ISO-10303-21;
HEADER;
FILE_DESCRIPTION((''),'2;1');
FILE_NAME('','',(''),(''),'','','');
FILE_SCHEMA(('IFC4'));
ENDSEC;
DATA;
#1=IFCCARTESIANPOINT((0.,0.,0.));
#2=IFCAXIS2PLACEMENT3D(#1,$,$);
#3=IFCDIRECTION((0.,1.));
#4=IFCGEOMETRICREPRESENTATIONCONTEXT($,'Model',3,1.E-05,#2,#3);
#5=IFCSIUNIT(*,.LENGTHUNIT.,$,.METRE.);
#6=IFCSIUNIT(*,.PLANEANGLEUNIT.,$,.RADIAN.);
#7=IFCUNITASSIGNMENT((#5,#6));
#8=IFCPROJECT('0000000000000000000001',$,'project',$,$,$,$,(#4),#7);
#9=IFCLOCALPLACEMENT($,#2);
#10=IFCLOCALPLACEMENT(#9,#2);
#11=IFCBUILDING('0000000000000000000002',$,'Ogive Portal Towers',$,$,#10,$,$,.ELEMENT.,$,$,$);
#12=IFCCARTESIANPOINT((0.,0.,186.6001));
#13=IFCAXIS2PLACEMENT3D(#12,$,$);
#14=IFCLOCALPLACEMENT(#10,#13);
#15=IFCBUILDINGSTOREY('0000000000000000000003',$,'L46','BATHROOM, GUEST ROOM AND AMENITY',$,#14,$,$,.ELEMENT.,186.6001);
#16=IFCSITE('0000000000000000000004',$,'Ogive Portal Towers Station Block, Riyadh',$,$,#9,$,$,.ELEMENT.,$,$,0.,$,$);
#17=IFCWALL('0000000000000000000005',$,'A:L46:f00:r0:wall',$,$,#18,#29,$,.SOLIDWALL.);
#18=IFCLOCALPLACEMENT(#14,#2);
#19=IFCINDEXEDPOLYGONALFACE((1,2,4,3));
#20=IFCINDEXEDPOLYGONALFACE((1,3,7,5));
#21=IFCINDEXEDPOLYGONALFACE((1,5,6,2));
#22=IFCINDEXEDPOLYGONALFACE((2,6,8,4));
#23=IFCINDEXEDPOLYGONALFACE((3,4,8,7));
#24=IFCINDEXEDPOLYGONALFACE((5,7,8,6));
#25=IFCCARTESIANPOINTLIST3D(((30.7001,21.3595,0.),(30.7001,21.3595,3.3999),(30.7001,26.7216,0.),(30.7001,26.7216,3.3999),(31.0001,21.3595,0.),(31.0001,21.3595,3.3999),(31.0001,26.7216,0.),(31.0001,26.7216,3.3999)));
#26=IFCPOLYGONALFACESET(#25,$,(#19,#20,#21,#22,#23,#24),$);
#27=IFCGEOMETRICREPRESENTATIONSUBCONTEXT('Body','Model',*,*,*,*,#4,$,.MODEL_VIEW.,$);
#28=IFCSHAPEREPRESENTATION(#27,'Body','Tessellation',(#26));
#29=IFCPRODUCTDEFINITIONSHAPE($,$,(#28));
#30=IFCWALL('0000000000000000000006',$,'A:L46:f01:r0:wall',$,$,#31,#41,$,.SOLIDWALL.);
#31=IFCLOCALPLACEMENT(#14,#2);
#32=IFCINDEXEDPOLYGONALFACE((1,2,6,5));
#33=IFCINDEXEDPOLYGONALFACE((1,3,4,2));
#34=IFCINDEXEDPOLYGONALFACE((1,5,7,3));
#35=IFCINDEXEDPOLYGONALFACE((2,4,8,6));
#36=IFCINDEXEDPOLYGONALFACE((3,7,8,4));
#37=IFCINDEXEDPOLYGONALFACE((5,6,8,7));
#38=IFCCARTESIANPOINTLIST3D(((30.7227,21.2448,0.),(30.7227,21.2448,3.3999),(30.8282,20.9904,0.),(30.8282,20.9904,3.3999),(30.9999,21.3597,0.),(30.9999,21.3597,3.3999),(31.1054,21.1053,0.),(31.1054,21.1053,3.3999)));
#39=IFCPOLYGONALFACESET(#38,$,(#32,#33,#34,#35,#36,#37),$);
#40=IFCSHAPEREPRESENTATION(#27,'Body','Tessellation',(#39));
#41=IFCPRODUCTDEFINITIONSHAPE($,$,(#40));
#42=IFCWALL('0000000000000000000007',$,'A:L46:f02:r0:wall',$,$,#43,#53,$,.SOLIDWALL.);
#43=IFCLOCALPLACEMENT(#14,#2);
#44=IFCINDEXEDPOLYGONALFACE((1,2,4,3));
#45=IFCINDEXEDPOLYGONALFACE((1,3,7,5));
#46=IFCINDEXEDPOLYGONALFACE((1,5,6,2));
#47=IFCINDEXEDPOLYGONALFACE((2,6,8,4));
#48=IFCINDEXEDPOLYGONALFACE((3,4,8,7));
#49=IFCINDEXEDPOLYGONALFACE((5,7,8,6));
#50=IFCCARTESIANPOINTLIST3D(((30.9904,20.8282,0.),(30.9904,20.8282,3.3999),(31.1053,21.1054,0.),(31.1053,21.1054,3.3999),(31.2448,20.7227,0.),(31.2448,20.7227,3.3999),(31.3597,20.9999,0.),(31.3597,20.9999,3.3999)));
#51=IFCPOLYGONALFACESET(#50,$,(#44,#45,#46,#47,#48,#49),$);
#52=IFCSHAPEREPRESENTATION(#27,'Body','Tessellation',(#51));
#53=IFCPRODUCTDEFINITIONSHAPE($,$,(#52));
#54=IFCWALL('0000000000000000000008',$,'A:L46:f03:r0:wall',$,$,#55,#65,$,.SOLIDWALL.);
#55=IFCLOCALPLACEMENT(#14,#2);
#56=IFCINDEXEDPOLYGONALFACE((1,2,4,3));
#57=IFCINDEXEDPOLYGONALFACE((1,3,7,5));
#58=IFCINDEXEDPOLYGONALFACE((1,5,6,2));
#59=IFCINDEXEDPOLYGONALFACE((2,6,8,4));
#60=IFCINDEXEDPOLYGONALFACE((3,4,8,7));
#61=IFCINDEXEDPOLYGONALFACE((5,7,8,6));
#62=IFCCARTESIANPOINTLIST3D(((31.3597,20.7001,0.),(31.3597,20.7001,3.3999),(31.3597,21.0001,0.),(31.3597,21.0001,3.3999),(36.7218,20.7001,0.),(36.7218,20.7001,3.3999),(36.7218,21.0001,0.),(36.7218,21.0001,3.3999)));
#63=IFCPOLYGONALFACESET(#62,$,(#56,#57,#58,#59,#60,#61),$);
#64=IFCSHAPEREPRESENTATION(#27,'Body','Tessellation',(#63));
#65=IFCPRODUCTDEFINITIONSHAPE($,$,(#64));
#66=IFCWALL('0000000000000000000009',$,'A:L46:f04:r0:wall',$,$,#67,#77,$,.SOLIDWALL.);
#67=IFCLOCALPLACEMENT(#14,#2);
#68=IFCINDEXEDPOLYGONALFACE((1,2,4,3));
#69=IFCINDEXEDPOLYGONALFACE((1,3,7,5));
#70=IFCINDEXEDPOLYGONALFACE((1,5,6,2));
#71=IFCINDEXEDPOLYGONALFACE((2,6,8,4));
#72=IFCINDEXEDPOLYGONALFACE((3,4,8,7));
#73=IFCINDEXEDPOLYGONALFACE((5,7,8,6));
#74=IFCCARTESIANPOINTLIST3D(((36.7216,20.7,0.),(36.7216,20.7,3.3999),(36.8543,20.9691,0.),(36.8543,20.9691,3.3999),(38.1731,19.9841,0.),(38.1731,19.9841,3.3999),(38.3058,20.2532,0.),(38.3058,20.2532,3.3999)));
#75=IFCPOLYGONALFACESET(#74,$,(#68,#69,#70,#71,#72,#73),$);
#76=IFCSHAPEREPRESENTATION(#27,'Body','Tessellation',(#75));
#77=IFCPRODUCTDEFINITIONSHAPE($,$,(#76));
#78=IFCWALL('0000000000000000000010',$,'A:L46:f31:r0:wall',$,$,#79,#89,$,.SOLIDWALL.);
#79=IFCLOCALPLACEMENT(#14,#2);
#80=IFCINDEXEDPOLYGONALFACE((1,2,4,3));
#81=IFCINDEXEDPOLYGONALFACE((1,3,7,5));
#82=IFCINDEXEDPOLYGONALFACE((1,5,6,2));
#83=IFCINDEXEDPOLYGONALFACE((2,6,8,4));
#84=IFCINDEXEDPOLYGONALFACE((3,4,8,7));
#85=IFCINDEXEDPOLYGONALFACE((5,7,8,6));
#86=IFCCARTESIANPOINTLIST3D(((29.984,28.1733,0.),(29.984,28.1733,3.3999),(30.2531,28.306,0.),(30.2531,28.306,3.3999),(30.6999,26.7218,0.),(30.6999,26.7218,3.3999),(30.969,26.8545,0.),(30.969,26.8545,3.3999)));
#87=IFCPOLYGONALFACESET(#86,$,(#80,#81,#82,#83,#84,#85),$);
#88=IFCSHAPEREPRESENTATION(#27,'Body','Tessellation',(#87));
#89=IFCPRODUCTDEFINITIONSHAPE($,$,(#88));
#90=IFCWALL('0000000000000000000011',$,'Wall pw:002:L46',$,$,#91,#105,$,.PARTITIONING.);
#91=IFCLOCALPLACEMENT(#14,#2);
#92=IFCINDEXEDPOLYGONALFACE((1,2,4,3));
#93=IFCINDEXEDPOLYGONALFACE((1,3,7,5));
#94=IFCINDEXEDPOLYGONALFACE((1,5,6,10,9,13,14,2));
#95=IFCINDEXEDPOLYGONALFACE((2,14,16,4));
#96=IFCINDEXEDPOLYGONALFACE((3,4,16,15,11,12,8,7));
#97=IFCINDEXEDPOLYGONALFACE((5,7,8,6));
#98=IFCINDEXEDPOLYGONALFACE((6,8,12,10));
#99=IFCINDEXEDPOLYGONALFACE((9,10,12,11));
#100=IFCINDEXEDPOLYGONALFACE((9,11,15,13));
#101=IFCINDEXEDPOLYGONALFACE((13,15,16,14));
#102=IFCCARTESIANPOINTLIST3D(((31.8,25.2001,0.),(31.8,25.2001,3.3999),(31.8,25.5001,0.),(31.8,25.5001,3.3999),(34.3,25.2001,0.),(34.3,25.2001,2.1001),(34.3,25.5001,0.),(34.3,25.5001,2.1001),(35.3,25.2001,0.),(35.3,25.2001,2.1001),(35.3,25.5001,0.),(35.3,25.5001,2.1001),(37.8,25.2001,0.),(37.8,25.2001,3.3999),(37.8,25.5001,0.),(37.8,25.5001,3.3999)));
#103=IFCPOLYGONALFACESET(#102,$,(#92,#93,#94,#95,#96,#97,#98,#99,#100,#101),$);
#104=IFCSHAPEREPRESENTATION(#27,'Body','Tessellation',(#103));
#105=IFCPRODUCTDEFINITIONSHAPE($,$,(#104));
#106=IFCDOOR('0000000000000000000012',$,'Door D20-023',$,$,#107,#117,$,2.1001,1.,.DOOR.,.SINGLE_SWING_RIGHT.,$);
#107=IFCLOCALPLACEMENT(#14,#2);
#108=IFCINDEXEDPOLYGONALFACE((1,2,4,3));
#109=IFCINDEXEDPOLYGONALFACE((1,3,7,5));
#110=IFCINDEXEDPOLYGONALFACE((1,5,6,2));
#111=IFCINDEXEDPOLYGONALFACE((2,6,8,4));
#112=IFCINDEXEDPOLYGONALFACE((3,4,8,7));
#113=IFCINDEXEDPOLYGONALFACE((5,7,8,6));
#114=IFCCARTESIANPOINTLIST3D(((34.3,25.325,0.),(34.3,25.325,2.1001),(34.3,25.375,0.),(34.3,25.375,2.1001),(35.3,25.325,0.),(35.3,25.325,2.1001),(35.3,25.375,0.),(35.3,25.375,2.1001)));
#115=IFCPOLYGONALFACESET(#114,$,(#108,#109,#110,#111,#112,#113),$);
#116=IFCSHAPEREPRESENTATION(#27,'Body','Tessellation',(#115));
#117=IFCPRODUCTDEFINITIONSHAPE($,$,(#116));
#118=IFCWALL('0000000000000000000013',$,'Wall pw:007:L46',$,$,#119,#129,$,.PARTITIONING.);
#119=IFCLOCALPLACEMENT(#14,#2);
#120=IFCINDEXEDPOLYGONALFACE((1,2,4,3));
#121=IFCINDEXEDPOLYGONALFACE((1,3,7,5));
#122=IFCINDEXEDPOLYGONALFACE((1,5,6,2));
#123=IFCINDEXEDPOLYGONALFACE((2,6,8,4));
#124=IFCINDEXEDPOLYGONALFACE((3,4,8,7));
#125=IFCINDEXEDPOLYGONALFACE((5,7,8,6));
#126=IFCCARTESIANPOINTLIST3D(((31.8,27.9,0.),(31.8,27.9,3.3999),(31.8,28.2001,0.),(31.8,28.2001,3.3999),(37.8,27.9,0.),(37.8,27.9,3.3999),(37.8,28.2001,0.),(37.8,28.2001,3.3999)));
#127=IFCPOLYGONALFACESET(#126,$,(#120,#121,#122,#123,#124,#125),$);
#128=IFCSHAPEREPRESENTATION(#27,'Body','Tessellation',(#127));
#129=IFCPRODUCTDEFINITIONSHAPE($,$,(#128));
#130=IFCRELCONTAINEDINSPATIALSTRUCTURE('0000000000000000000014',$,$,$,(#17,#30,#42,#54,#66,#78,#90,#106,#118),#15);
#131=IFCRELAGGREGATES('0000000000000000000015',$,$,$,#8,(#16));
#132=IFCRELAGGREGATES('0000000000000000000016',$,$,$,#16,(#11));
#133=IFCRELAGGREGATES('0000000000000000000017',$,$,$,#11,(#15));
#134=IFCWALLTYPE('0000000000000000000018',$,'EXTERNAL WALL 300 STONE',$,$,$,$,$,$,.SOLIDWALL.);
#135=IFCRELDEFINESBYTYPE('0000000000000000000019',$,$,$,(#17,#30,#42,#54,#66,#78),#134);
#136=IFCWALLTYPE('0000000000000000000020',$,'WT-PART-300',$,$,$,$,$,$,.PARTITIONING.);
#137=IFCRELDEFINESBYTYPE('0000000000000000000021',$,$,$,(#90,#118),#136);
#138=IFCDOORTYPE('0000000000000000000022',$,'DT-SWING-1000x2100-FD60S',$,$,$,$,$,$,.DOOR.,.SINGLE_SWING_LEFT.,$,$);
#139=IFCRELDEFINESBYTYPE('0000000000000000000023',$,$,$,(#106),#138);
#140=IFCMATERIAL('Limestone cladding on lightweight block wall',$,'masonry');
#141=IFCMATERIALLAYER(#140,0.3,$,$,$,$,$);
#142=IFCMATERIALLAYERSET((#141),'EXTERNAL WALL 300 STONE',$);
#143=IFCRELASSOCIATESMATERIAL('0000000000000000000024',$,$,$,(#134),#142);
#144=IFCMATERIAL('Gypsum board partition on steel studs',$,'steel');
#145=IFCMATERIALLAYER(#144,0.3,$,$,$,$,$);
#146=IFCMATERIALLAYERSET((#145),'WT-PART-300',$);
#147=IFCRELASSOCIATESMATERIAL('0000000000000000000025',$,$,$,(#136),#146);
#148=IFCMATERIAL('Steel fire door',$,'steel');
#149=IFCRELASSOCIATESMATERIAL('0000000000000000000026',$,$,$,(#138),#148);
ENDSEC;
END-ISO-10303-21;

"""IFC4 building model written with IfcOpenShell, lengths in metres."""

from ifc_helpers import new_model, si_unit, direction, frame, frame_2d, origin, place, context, subcontext, project, spatial, rectangle, extrude, material, layer, layer_set, type_object, element, fill, save


model = new_model("IFC4")

# Units and contexts
model_context = context("Model", 3, precision=1e-05, world=origin(), true_north=direction((0.0, 1.0)))
body_context = subcontext(model_context, "Body", "Model", "MODEL_VIEW")
ifc_project = project(units=[si_unit("LENGTHUNIT", "METRE"), si_unit("PLANEANGLEUNIT", "RADIAN")], contexts=[model_context])

# Site, building, storey
site_placement = place(None, origin())
site = spatial("IfcSite", under=ifc_project, at=site_placement, Name="Ogive Portal Towers Station Block, Riyadh", CompositionType="ELEMENT", RefElevation=0.0)
building_placement = place(site_placement, origin())
building = spatial("IfcBuilding", under=site, at=building_placement, Name="Ogive Portal Towers", CompositionType="ELEMENT")
storey_placement = place(building_placement, frame((0.0, 0.0, 186.6001)))
storey = spatial("IfcBuildingStorey", under=building, at=storey_placement, Name="L46", Description="BATHROOM, GUEST ROOM AND AMENITY", CompositionType="ELEMENT", Elevation=186.6001)

# Walls
ifc_material_1 = material(Name="Limestone cladding on lightweight block wall", Category="masonry")
ifc_layer_1 = layer(ifc_material_1, 0.3)
ifc_layer_set_1 = layer_set([ifc_layer_1], Name="EXTERNAL WALL 300 STONE")
wall_type_1 = type_object("IfcWallType", Name="EXTERNAL WALL 300 STONE", PredefinedType="SOLIDWALL", material=ifc_layer_set_1)
wall_1_placement = place(storey_placement, frame((30.8501, 26.7217, 0.0), z_axis=(0.0, 0.0, 1.0), x_axis=(0.0, -1.0, 0.0)))
element("IfcWall", 1, at=wall_1_placement, inside=storey, type_object=wall_type_1, Name="A:L46:f00:r0:wall", PredefinedType="SOLIDWALL", context=body_context, shape_type="SweptSolid", body=[
    extrude(rectangle(XDim=5.3621, YDim=0.3, at=frame_2d((2.6812, 0.0))), origin(), (0.0, 0.0, 1.0), 3.3999),
])
for number, where, z_axis, x_axis, name in (
    (2, (30.8613, 21.3022, 0.0), (0.0, 0.0, 1.0), (0.382978, -0.923757, 0.0), "A:L46:f01:r0:wall"),
    (3, (31.0479, 20.9668, 0.0), (0.0, 0.0, 1.0), (0.923757, -0.382978, 0.0), "A:L46:f02:r0:wall"),
):
    element("IfcWall", number, at=place(storey_placement, frame(where, z_axis=z_axis, x_axis=x_axis)), inside=storey, type_object=wall_type_1, Name=name, PredefinedType="SOLIDWALL", context=body_context, shape_type="SweptSolid", body=[
        extrude(rectangle(XDim=0.2754, YDim=0.3, at=frame_2d((0.1377, 0.0))), origin(), (0.0, 0.0, 1.0), 3.3999),
    ])
wall_2_placement = place(storey_placement, frame((31.3596, 20.8501, 0.0), z_axis=(0.0, 0.0, 1.0), x_axis=(1.0, 0.0, 0.0)))
element("IfcWall", 4, at=wall_2_placement, inside=storey, type_object=wall_type_1, Name="A:L46:f03:r0:wall", PredefinedType="SOLIDWALL", context=body_context, shape_type="SweptSolid", body=[
    extrude(rectangle(XDim=5.3621, YDim=0.3, at=frame_2d((2.6812, 0.0))), origin(), (0.0, 0.0, 1.0), 3.3999),
])
for number, where, z_axis, x_axis, name in (
    (5, (36.7881, 20.8345, 0.0), (0.0, 0.0, 1.0), (0.896858, -0.442319, 0.0), "A:L46:f04:r0:wall"),
    (6, (30.1187, 28.2395, 0.0), (0.0, 0.0, 1.0), (0.442319, -0.896858, 0.0), "A:L46:f31:r0:wall"),
):
    element("IfcWall", number, at=place(storey_placement, frame(where, z_axis=z_axis, x_axis=x_axis)), inside=storey, type_object=wall_type_1, Name=name, PredefinedType="SOLIDWALL", context=body_context, shape_type="SweptSolid", body=[
        extrude(rectangle(XDim=1.6184, YDim=0.3, at=frame_2d((0.8091, 0.0))), origin(), (0.0, 0.0, 1.0), 3.3999),
    ])

# Wall, opening, door
ifc_material_2 = material(Name="Gypsum board partition on steel studs", Category="steel")
ifc_layer_2 = layer(ifc_material_2, 0.3)
ifc_layer_set_2 = layer_set([ifc_layer_2], Name="WT-PART-300")
wall_type_2 = type_object("IfcWallType", Name="WT-PART-300", PredefinedType="PARTITIONING", material=ifc_layer_set_2)
wall_3_placement = place(storey_placement, frame((31.8, 25.3501, 0.0), z_axis=(0.0, 0.0, 1.0), x_axis=(1.0, 0.0, 0.0)))
wall_3 = element("IfcWall", 7, at=wall_3_placement, inside=storey, type_object=wall_type_2, Name="Wall pw:002:L46", PredefinedType="PARTITIONING", context=body_context, shape_type="SweptSolid", body=[
    extrude(rectangle(XDim=6.0, YDim=0.3, at=frame_2d((3.0, 0.0))), origin(), (0.0, 0.0, 1.0), 3.3999),
])
opening_placement = place(wall_3_placement, frame((2.5, 0.0, 0.0)))
opening = element("IfcOpeningElement", 8, at=opening_placement, cuts=wall_3, PredefinedType="OPENING", context=body_context, shape_type="SweptSolid", body=[
    extrude(rectangle(XDim=1.0, YDim=2.1001, at=frame_2d((0.5, 1.05))), frame((0.0, 0.1602, 0.0), z_axis=(0.0, -1.0, 0.0), x_axis=(1.0, 0.0, 0.0)), (0.0, 0.0, 1.0), 0.3201),
])
ifc_material_3 = material(Name="Steel fire door", Category="steel")
door_type = type_object("IfcDoorType", Name="DT-SWING-1000x2100-FD60S", OperationType="SINGLE_SWING_LEFT", PredefinedType="DOOR", material=ifc_material_3)
door_placement = place(opening_placement, origin())
door = element("IfcDoor", 9, at=door_placement, inside=storey, type_object=door_type, Name="Door D20-023", OperationType="SINGLE_SWING_RIGHT", OverallHeight=2.1001, OverallWidth=1.0, PredefinedType="DOOR", context=body_context, shape_type="SweptSolid", body=[
    extrude(rectangle(XDim=1.0, YDim=2.1001, at=frame_2d((0.5, 1.05))), frame((0.0, 0.0249, 0.0), z_axis=(0.0, -1.0, 0.0), x_axis=(1.0, 0.0, 0.0)), (0.0, 0.0, 1.0), 0.05),
])
fill(opening, door)

# Wall
wall_4_placement = place(storey_placement, frame((31.8, 28.05, 0.0), z_axis=(0.0, 0.0, 1.0), x_axis=(1.0, 0.0, 0.0)))
element("IfcWall", 10, at=wall_4_placement, inside=storey, type_object=wall_type_2, Name="Wall pw:007:L46", PredefinedType="PARTITIONING", context=body_context, shape_type="SweptSolid", body=[
    extrude(rectangle(XDim=6.0, YDim=0.3, at=frame_2d((3.0, 0.0))), origin(), (0.0, 0.0, 1.0), 3.3999),
])

save(model, "model.ifc")
